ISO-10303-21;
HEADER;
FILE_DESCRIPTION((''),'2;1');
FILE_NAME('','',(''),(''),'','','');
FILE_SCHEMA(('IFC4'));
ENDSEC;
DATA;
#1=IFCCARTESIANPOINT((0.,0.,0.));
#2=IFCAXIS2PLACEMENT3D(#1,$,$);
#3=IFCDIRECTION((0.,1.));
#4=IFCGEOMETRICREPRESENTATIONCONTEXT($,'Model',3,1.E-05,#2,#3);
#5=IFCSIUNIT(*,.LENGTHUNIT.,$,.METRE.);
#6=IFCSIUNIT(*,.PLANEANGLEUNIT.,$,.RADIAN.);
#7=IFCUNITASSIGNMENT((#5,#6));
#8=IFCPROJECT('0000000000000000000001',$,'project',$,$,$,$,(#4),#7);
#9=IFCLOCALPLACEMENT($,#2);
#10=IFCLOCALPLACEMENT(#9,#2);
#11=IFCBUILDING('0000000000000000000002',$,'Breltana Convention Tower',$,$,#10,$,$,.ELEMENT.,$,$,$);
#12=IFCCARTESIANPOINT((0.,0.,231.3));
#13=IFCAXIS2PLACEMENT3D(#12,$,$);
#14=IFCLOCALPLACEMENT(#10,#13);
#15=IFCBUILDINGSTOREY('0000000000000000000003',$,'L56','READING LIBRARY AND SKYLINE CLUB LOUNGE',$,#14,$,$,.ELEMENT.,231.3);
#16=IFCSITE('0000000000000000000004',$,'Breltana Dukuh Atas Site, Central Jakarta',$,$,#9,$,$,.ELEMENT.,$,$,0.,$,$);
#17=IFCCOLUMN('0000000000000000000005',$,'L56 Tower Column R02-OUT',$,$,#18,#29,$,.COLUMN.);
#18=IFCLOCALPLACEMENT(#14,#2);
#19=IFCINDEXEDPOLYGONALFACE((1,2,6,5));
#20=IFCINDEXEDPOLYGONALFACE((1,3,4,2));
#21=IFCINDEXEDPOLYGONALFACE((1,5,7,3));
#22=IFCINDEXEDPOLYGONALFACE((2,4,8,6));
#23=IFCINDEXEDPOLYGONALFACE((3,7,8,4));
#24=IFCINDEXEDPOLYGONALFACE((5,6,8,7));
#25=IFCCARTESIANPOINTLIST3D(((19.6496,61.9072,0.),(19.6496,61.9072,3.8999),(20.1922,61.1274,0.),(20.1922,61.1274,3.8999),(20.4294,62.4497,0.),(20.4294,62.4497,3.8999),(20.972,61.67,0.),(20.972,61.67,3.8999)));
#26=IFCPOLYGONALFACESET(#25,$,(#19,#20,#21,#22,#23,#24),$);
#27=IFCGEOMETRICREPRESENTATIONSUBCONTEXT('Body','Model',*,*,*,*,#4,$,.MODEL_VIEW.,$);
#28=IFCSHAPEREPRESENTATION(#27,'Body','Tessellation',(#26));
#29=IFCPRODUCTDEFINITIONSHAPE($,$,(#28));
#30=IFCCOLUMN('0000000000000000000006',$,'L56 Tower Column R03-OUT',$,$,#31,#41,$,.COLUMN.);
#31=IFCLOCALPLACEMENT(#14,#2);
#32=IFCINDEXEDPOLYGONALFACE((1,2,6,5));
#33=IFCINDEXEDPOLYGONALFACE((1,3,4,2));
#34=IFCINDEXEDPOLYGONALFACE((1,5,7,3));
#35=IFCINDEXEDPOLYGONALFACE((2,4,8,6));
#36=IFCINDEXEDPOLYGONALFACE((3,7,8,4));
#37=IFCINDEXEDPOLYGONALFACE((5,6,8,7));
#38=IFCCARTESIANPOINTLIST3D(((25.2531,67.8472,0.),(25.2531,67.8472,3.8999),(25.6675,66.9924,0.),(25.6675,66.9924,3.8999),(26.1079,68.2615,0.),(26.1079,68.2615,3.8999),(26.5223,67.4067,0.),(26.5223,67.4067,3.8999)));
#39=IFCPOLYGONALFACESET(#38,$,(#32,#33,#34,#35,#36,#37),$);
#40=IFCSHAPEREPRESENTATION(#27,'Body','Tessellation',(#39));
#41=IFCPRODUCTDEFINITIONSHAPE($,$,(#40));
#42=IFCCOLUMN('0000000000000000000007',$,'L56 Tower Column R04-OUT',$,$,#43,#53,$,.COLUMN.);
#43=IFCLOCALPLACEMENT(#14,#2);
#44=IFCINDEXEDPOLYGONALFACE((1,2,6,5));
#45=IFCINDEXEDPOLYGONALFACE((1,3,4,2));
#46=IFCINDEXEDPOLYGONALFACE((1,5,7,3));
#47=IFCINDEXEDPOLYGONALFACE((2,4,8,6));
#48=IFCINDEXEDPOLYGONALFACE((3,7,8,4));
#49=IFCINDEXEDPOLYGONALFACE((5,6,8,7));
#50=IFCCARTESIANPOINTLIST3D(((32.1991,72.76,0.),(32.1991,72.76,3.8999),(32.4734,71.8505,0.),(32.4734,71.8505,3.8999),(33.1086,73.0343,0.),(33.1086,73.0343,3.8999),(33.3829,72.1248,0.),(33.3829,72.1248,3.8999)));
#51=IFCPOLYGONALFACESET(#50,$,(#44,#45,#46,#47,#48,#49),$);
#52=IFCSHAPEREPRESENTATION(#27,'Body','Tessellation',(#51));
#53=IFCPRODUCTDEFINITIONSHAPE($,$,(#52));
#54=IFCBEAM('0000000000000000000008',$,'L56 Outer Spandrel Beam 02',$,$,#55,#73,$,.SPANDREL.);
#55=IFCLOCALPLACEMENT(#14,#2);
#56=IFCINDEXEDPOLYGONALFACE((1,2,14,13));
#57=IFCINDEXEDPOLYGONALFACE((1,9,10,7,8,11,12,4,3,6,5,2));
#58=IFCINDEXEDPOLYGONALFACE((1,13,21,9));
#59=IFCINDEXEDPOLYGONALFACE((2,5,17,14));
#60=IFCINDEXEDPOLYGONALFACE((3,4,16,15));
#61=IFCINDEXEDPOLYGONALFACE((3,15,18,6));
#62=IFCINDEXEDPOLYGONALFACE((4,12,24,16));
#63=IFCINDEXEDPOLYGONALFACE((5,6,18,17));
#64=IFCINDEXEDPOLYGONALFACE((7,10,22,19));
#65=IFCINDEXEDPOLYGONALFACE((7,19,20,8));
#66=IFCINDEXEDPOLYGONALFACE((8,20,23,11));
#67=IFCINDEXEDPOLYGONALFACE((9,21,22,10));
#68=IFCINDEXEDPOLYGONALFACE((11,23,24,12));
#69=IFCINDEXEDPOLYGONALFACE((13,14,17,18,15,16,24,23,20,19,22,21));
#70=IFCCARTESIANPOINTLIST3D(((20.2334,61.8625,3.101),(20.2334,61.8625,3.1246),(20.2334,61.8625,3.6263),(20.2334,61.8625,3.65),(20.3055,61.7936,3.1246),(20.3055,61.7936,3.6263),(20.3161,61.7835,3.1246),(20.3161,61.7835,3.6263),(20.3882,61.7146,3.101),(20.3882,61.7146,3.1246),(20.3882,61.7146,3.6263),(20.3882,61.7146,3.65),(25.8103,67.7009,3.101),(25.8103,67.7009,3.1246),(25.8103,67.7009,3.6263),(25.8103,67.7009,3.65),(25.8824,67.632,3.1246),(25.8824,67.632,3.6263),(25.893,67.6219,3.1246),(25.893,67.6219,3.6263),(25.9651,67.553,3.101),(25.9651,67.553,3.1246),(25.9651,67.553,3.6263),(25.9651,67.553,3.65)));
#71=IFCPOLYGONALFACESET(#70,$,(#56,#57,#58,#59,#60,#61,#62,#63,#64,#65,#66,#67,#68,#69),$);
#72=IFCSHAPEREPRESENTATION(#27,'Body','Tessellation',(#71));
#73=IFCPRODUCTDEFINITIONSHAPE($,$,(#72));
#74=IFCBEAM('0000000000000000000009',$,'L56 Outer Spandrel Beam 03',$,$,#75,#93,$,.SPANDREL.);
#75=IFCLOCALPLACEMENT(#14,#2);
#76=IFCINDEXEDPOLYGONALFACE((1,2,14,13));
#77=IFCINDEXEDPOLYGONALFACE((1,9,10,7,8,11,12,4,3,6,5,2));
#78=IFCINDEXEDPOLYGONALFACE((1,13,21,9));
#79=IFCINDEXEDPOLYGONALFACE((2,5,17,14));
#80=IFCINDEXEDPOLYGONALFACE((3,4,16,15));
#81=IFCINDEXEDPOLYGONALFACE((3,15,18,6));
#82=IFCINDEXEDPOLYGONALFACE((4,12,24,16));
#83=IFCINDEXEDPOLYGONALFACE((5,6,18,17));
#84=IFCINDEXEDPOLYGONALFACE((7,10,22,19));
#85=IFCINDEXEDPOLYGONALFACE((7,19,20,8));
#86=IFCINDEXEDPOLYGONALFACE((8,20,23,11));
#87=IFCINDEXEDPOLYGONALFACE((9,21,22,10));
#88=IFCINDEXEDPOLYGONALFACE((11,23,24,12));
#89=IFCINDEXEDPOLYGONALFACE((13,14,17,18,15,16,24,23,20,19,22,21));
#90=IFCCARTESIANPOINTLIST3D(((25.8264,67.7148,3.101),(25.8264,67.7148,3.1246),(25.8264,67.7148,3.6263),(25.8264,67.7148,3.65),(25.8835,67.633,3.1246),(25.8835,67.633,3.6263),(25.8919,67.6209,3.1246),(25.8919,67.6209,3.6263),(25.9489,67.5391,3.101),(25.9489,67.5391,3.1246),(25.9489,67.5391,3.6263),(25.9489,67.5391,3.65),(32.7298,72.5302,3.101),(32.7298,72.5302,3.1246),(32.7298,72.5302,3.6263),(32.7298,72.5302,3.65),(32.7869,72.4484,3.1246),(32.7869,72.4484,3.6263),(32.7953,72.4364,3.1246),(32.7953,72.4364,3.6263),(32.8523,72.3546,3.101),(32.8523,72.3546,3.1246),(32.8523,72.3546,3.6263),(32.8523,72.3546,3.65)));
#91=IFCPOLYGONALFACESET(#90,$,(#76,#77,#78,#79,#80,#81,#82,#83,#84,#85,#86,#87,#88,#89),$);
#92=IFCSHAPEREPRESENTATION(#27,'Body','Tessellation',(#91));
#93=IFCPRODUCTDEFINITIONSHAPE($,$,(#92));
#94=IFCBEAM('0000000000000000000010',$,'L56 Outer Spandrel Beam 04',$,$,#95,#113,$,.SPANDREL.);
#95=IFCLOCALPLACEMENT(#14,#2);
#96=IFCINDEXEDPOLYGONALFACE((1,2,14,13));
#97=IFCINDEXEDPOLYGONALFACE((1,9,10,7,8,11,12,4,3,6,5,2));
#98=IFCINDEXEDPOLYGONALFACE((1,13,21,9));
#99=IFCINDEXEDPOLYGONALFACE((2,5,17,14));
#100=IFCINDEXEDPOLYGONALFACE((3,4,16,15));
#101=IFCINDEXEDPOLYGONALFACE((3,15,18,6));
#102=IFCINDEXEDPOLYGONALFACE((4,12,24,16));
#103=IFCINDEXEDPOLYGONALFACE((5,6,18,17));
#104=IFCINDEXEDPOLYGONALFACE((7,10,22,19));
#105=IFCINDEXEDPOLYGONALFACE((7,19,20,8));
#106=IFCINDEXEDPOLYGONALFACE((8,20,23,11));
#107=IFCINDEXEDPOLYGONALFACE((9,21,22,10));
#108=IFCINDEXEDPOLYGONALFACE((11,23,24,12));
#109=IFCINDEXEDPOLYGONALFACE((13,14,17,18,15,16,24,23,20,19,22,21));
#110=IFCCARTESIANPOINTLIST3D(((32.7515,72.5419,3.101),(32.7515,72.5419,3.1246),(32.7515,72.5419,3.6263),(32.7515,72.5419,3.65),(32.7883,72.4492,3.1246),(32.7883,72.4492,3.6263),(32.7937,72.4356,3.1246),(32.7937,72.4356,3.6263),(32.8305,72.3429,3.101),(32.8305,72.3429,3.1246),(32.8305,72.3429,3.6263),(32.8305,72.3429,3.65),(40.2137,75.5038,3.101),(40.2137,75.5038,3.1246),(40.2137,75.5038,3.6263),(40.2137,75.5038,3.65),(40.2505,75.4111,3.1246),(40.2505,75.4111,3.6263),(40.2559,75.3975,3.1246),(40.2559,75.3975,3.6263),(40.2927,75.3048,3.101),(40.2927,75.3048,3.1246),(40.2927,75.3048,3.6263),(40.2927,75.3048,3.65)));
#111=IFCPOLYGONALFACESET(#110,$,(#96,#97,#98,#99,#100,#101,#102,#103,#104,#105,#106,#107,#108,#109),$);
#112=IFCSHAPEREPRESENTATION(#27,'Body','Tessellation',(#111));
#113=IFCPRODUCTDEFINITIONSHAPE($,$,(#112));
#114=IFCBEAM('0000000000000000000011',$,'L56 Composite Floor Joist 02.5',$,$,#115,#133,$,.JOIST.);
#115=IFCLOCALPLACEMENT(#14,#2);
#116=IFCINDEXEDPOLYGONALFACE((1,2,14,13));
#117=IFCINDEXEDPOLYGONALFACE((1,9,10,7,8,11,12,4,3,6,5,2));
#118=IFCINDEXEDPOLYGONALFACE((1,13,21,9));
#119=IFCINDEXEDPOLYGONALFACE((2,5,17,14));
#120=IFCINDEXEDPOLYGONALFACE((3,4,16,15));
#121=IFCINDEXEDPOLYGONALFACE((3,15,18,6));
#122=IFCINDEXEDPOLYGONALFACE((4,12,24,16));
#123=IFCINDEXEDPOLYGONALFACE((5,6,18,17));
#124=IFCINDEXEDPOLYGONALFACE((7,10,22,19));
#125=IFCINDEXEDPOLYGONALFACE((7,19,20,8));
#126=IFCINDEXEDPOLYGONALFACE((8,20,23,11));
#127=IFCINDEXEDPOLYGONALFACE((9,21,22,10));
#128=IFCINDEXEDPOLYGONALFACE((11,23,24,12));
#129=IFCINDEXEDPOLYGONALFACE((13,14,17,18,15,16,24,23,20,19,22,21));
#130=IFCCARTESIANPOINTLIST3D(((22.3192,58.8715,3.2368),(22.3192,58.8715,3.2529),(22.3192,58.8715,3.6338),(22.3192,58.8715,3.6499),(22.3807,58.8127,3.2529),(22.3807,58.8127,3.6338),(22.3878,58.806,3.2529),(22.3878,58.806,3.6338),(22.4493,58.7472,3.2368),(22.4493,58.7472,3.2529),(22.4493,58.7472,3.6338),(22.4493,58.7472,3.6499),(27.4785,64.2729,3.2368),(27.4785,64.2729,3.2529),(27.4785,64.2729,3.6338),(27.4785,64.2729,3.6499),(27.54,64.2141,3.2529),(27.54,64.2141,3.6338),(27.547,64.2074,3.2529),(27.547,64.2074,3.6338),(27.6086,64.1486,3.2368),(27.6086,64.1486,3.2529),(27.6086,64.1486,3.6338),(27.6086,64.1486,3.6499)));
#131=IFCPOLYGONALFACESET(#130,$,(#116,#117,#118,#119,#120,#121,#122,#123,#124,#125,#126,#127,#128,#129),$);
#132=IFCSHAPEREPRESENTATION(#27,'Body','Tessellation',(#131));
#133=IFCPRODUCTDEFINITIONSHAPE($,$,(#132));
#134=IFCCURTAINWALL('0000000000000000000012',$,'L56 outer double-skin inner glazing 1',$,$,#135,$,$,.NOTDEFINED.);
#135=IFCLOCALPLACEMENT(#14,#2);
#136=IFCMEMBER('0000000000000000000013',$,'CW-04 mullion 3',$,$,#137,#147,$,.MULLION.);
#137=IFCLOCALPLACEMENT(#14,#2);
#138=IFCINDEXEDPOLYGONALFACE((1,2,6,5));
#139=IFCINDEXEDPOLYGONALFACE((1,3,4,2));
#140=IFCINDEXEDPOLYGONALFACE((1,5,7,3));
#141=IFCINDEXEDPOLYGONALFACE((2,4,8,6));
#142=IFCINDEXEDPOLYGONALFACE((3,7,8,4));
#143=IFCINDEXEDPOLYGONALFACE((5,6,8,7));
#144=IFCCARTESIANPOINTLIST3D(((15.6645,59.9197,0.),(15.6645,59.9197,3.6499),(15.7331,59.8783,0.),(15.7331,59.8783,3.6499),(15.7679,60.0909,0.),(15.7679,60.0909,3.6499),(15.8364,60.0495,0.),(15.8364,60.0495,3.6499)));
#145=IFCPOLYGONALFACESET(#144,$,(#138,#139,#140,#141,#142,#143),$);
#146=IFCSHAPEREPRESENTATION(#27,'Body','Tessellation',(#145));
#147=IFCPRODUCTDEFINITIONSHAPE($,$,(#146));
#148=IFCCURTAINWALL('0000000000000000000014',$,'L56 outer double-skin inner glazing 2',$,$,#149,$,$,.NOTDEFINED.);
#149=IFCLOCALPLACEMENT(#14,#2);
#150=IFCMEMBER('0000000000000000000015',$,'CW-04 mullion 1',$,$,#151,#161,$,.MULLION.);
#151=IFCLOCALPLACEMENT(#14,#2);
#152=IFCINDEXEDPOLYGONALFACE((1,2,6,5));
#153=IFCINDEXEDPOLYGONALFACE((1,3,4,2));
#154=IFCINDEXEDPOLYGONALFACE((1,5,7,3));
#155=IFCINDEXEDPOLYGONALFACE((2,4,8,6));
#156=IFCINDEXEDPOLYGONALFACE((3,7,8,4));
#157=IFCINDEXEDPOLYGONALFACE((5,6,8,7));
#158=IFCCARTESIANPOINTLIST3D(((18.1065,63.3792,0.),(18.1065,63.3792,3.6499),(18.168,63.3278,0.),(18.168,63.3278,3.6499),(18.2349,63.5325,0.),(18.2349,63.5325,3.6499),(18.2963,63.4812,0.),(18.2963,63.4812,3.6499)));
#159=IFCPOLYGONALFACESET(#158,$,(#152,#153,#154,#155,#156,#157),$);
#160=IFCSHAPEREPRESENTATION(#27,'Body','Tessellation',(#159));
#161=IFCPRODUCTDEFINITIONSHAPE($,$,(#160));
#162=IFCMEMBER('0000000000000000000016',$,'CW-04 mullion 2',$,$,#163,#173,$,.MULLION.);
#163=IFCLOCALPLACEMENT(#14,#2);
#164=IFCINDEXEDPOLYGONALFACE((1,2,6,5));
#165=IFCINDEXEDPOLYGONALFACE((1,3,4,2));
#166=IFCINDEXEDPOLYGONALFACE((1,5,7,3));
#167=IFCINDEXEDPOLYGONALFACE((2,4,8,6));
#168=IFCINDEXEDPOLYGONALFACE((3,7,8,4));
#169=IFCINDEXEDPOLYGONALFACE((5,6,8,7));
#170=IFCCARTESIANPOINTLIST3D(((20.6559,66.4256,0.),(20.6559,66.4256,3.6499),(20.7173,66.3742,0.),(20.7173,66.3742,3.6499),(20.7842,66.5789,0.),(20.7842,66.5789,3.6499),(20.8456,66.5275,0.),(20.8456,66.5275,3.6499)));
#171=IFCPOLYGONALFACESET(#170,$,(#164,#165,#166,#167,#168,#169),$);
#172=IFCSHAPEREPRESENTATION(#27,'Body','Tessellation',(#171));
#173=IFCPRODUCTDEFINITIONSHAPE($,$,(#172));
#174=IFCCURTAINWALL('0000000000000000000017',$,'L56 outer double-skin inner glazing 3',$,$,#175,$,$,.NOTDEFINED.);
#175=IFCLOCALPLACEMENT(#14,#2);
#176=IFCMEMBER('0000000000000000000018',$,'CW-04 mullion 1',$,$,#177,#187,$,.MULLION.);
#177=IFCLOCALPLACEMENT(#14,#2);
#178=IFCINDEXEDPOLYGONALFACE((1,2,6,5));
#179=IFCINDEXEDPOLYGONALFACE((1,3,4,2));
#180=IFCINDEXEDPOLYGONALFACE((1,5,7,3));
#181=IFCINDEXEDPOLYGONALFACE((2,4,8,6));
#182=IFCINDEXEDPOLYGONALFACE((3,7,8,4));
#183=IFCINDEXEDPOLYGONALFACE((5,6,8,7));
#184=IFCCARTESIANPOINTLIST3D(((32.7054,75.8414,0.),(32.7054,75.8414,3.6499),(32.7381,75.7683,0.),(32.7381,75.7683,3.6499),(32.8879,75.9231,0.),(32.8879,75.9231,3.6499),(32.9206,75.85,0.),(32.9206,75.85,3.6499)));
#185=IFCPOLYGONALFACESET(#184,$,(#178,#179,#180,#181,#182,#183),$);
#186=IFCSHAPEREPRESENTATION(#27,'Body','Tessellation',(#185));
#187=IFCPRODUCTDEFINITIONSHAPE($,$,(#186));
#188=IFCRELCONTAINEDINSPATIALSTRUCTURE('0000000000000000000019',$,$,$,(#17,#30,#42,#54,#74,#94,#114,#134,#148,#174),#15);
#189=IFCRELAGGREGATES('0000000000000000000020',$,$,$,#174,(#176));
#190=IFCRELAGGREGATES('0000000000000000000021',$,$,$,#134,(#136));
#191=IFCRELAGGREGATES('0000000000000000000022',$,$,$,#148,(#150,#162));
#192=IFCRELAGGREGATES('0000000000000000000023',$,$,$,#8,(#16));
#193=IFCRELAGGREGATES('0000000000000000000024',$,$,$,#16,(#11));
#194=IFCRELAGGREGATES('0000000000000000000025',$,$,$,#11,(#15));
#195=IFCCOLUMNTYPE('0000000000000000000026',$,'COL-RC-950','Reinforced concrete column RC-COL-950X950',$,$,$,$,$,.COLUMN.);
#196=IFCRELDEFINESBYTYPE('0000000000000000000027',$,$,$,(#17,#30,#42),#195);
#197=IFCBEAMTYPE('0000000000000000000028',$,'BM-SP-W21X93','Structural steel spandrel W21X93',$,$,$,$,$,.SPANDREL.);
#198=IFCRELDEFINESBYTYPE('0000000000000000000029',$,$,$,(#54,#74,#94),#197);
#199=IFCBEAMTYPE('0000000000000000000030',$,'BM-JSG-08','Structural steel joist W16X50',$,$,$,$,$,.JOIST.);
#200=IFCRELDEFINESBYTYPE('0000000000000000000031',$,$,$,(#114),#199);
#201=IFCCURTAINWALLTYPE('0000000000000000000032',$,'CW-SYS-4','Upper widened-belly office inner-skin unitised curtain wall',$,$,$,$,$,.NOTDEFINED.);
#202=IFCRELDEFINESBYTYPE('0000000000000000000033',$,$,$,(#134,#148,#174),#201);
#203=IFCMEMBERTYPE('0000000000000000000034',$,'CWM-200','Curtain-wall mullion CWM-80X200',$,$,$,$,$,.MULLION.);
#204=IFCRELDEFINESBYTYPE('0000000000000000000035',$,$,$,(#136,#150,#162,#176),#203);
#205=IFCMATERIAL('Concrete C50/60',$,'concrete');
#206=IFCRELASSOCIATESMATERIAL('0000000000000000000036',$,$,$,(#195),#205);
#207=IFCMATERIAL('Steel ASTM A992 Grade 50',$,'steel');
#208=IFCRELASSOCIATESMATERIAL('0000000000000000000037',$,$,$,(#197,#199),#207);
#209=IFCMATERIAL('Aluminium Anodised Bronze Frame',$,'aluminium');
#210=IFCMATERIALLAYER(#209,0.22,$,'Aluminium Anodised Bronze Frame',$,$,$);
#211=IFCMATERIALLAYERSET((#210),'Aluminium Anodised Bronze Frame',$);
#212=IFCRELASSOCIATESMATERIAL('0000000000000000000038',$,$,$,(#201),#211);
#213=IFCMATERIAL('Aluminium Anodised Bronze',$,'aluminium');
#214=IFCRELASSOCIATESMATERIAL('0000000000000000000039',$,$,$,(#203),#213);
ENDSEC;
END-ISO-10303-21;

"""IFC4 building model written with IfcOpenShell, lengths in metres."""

from ifc_helpers import new_model, si_unit, direction, frame, origin, origin_2d, place, context, subcontext, project, spatial, rectangle, i_section, extrude, source, transform, mapped, material, layer, layer_set, material_profile, profile_set, type_object, element, aggregate, save


model = new_model("IFC4")

# Units and contexts
model_context = context("Model", 3, precision=1e-05, world=origin(), true_north=direction((0.0, 1.0)))
body_context = subcontext(model_context, "Body", "Model", "MODEL_VIEW")
ifc_project = project(units=[si_unit("LENGTHUNIT", "METRE"), si_unit("PLANEANGLEUNIT", "RADIAN")], contexts=[model_context])

# Site, building, storey
site_placement = place(None, origin())
site = spatial("IfcSite", under=ifc_project, at=site_placement, Name="Breltana Dukuh Atas Site, Central Jakarta", CompositionType="ELEMENT", RefElevation=0.0)
building_placement = place(site_placement, origin())
building = spatial("IfcBuilding", under=site, at=building_placement, Name="Breltana Convention Tower", CompositionType="ELEMENT")
storey_placement = place(building_placement, frame((0.0, 0.0, 231.3)))
storey = spatial("IfcBuildingStorey", under=building, at=storey_placement, Name="L56", Description="READING LIBRARY AND SKYLINE CLUB LOUNGE", CompositionType="ELEMENT", Elevation=231.3)

# Columns
ifc_material_1 = material(Name="Concrete C50/60", Category="concrete")
ifc_material_profile_1 = material_profile(ifc_material_1, rectangle(XDim=0.95, YDim=0.95, at=origin_2d()), Name="RC-COL-950X950")
ifc_profile_set_1 = profile_set([ifc_material_profile_1], Name="Concrete C50/60")
column_type = type_object("IfcColumnType", Name="COL-RC-950", Description="Reinforced concrete column RC-COL-950X950", PredefinedType="COLUMN", material=ifc_profile_set_1)
shared_shape_1 = source(origin(), body_context, "Body", "SweptSolid", [
    extrude(rectangle(XDim=0.95, YDim=0.95, at=origin_2d()), origin(), (0.0, 0.0, 1.0), 3.8999),
])
for number, where, z_axis, x_axis, name in (
    (1, (20.3108, 61.7886, 0.0), (0.0, 0.0, 1.0), (-0.571143, 0.82085, 0.0), "L56 Tower Column R02-OUT"),
    (2, (25.8877, 67.627, 0.0), (0.0, 0.0, 1.0), (-0.436174, 0.899863, 0.0), "L56 Tower Column R03-OUT"),
    (3, (32.791, 72.4424, 0.0), (0.0, 0.0, 1.0), (-0.288698, 0.95742, 0.0), "L56 Tower Column R04-OUT"),
):
    element("IfcColumn", number, at=place(storey_placement, frame(where, z_axis=z_axis, x_axis=x_axis)), inside=storey, type_object=column_type, Name=name, PredefinedType="COLUMN", context=body_context, shape_type="MappedRepresentation", body=[
        mapped(shared_shape_1, transform((0.0, 0.0, 0.0), scale=1.0)),
    ])

# Beams
ifc_material_2 = material(Name="Steel ASTM A992 Grade 50", Category="steel")
ifc_material_profile_2 = material_profile(ifc_material_2, i_section(OverallWidth=0.2141, OverallDepth=0.5491, WebThickness=0.0146, FlangeThickness=0.0237, at=origin_2d()), Name="W21X93")
ifc_profile_set_2 = profile_set([ifc_material_profile_2], Name="Steel ASTM A992 Grade 50")
beam_type_1 = type_object("IfcBeamType", Name="BM-SP-W21X93", Description="Structural steel spandrel W21X93", PredefinedType="SPANDREL", material=ifc_profile_set_2)
shared_shape_2 = source(origin(), body_context, "Body", "SweptSolid", [
    extrude(i_section(OverallWidth=0.2141, OverallDepth=0.5491, WebThickness=0.0146, FlangeThickness=0.0237, at=origin_2d()), origin(), (0.0, 0.0, 1.0), 8.074),
])
beam_1_placement = place(storey_placement, frame((20.3108, 61.7886, 3.3755), z_axis=(0.690729, 0.723114, 0.0), x_axis=(-0.723114, 0.690729, 0.0)))
element("IfcBeam", 4, at=beam_1_placement, inside=storey, type_object=beam_type_1, Name="L56 Outer Spandrel Beam 02", PredefinedType="SPANDREL", context=body_context, shape_type="MappedRepresentation", body=[
    mapped(shared_shape_2, transform((0.0, 0.0, 0.0), scale=1.0)),
])
shared_shape_3 = source(origin(), body_context, "Body", "SweptSolid", [
    extrude(i_section(OverallWidth=0.2141, OverallDepth=0.5491, WebThickness=0.0146, FlangeThickness=0.0237, at=origin_2d()), origin(), (0.0, 0.0, 1.0), 8.417),
])
beam_2_placement = place(storey_placement, frame((25.8877, 67.627, 3.3755), z_axis=(0.820174, 0.572114, 0.0), x_axis=(-0.572114, 0.820174, 0.0)))
element("IfcBeam", 5, at=beam_2_placement, inside=storey, type_object=beam_type_1, Name="L56 Outer Spandrel Beam 03", PredefinedType="SPANDREL", context=body_context, shape_type="MappedRepresentation", body=[
    mapped(shared_shape_3, transform((0.0, 0.0, 0.0), scale=1.0)),
])
shared_shape_4 = source(origin(), body_context, "Body", "SweptSolid", [
    extrude(i_section(OverallWidth=0.2141, OverallDepth=0.5491, WebThickness=0.0146, FlangeThickness=0.0237, at=origin_2d()), origin(), (0.0, 0.0, 1.0), 8.0286),
])
beam_3_placement = place(storey_placement, frame((32.791, 72.4424, 3.3755), z_axis=(0.929459, 0.368925, 0.0), x_axis=(-0.368925, 0.929459, 0.0)))
element("IfcBeam", 6, at=beam_3_placement, inside=storey, type_object=beam_type_1, Name="L56 Outer Spandrel Beam 04", PredefinedType="SPANDREL", context=body_context, shape_type="MappedRepresentation", body=[
    mapped(shared_shape_4, transform((0.0, 0.0, 0.0), scale=1.0)),
])
ifc_material_profile_3 = material_profile(ifc_material_2, i_section(OverallWidth=0.1799, OverallDepth=0.4131, WebThickness=0.0098, FlangeThickness=0.0161, at=origin_2d()), Name="W16X50")
ifc_profile_set_3 = profile_set([ifc_material_profile_3], Name="Steel ASTM A992 Grade 50")
beam_type_2 = type_object("IfcBeamType", Name="BM-JSG-08", Description="Structural steel joist W16X50", PredefinedType="JOIST", material=ifc_profile_set_3)
shared_shape_5 = source(origin(), body_context, "Body", "SweptSolid", [
    extrude(i_section(OverallWidth=0.1799, OverallDepth=0.4131, WebThickness=0.0098, FlangeThickness=0.0161, at=origin_2d()), origin(), (0.0, 0.0, 1.0), 7.4695),
])
beam_4_placement = place(storey_placement, frame((22.3843, 58.8093, 3.4434), z_axis=(0.690709, 0.723133, 0.0), x_axis=(-0.723133, 0.690709, 0.0)))
element("IfcBeam", 7, at=beam_4_placement, inside=storey, type_object=beam_type_2, Name="L56 Composite Floor Joist 02.5", PredefinedType="JOIST", context=body_context, shape_type="MappedRepresentation", body=[
    mapped(shared_shape_5, transform((0.0, 0.0, 0.0), scale=1.0)),
])

# Curtain wall, member
ifc_material_3 = material(Name="Aluminium Anodised Bronze Frame", Category="aluminium")
ifc_layer_1 = layer(ifc_material_3, 0.22, Name="Aluminium Anodised Bronze Frame")
ifc_layer_set_1 = layer_set([ifc_layer_1], Name="Aluminium Anodised Bronze Frame")
curtain_wall_type = type_object("IfcCurtainWallType", Name="CW-SYS-4", Description="Upper widened-belly office inner-skin unitised curtain wall", PredefinedType="NOTDEFINED", material=ifc_layer_set_1)
curtain_wall_1_placement = place(storey_placement, origin())
curtain_wall_1 = element("IfcCurtainWall", 8, at=curtain_wall_1_placement, inside=storey, type_object=curtain_wall_type, Name="L56 outer double-skin inner glazing 1", PredefinedType="NOTDEFINED")
ifc_material_4 = material(Name="Aluminium Anodised Bronze", Category="aluminium")
ifc_material_profile_4 = material_profile(ifc_material_4, rectangle(XDim=0.0801, YDim=0.2, at=origin_2d()), Name="CWM-80X200")
ifc_profile_set_4 = profile_set([ifc_material_profile_4], Name="Aluminium Anodised Bronze")
member_type_1 = type_object("IfcMemberType", Name="CWM-200", Description="Curtain-wall mullion CWM-80X200", PredefinedType="MULLION", material=ifc_profile_set_4)
shared_shape_6 = source(origin(), body_context, "Body", "SweptSolid", [
    extrude(rectangle(XDim=0.0801, YDim=0.2, at=origin_2d()), origin(), (0.0, 0.0, 1.0), 3.6499),
])
member_1_placement = place(storey_placement, frame((15.7505, 59.9846, 0.0), z_axis=(0.0, 0.0, 1.0), x_axis=(-0.856061, 0.516875, 0.0)))
member_1 = element("IfcMember", 9, at=member_1_placement, type_object=member_type_1, Name="CW-04 mullion 3", PredefinedType="MULLION", context=body_context, shape_type="MappedRepresentation", body=[
    mapped(shared_shape_6, transform((0.0, 0.0, 0.0), scale=1.0)),
])

# Curtain wall, members
curtain_wall_2_placement = place(storey_placement, origin())
curtain_wall_2 = element("IfcCurtainWall", 10, at=curtain_wall_2_placement, inside=storey, type_object=curtain_wall_type, Name="L56 outer double-skin inner glazing 2", PredefinedType="NOTDEFINED")
member_2_placement = place(storey_placement, frame((18.2014, 63.4302, 0.0), z_axis=(0.0, 0.0, 1.0), x_axis=(-0.766903, 0.641763, 0.0)))
member_2 = element("IfcMember", 11, at=member_2_placement, type_object=member_type_1, Name="CW-04 mullion 1", PredefinedType="MULLION", context=body_context, shape_type="MappedRepresentation", body=[
    mapped(shared_shape_6, transform((0.0, 0.0, 0.0), scale=1.0)),
])
member_3_placement = place(storey_placement, frame((20.7507, 66.4766, 0.0), z_axis=(0.0, 0.0, 1.0), x_axis=(-0.766903, 0.641763, 0.0)))
member_3 = element("IfcMember", 12, at=member_3_placement, type_object=member_type_1, Name="CW-04 mullion 2", PredefinedType="MULLION", context=body_context, shape_type="MappedRepresentation", body=[
    mapped(shared_shape_6, transform((0.0, 0.0, 0.0), scale=1.0)),
])

# Curtain wall, member
curtain_wall_3_placement = place(storey_placement, origin())
curtain_wall_3 = element("IfcCurtainWall", 13, at=curtain_wall_3_placement, inside=storey, type_object=curtain_wall_type, Name="L56 outer double-skin inner glazing 3", PredefinedType="NOTDEFINED")
member_4_placement = place(storey_placement, frame((32.813, 75.8457, 0.0), z_axis=(0.0, 0.0, 1.0), x_axis=(-0.408606, 0.912711, 0.0)))
member_4 = element("IfcMember", 14, at=member_4_placement, type_object=member_type_1, Name="CW-04 mullion 1", PredefinedType="MULLION", context=body_context, shape_type="MappedRepresentation", body=[
    mapped(shared_shape_6, transform((0.0, 0.0, 0.0), scale=1.0)),
])

aggregate(curtain_wall_3, [member_4])

aggregate(curtain_wall_1, [member_1])
aggregate(curtain_wall_2, [member_2, member_3])

save(model, "model.ifc")
